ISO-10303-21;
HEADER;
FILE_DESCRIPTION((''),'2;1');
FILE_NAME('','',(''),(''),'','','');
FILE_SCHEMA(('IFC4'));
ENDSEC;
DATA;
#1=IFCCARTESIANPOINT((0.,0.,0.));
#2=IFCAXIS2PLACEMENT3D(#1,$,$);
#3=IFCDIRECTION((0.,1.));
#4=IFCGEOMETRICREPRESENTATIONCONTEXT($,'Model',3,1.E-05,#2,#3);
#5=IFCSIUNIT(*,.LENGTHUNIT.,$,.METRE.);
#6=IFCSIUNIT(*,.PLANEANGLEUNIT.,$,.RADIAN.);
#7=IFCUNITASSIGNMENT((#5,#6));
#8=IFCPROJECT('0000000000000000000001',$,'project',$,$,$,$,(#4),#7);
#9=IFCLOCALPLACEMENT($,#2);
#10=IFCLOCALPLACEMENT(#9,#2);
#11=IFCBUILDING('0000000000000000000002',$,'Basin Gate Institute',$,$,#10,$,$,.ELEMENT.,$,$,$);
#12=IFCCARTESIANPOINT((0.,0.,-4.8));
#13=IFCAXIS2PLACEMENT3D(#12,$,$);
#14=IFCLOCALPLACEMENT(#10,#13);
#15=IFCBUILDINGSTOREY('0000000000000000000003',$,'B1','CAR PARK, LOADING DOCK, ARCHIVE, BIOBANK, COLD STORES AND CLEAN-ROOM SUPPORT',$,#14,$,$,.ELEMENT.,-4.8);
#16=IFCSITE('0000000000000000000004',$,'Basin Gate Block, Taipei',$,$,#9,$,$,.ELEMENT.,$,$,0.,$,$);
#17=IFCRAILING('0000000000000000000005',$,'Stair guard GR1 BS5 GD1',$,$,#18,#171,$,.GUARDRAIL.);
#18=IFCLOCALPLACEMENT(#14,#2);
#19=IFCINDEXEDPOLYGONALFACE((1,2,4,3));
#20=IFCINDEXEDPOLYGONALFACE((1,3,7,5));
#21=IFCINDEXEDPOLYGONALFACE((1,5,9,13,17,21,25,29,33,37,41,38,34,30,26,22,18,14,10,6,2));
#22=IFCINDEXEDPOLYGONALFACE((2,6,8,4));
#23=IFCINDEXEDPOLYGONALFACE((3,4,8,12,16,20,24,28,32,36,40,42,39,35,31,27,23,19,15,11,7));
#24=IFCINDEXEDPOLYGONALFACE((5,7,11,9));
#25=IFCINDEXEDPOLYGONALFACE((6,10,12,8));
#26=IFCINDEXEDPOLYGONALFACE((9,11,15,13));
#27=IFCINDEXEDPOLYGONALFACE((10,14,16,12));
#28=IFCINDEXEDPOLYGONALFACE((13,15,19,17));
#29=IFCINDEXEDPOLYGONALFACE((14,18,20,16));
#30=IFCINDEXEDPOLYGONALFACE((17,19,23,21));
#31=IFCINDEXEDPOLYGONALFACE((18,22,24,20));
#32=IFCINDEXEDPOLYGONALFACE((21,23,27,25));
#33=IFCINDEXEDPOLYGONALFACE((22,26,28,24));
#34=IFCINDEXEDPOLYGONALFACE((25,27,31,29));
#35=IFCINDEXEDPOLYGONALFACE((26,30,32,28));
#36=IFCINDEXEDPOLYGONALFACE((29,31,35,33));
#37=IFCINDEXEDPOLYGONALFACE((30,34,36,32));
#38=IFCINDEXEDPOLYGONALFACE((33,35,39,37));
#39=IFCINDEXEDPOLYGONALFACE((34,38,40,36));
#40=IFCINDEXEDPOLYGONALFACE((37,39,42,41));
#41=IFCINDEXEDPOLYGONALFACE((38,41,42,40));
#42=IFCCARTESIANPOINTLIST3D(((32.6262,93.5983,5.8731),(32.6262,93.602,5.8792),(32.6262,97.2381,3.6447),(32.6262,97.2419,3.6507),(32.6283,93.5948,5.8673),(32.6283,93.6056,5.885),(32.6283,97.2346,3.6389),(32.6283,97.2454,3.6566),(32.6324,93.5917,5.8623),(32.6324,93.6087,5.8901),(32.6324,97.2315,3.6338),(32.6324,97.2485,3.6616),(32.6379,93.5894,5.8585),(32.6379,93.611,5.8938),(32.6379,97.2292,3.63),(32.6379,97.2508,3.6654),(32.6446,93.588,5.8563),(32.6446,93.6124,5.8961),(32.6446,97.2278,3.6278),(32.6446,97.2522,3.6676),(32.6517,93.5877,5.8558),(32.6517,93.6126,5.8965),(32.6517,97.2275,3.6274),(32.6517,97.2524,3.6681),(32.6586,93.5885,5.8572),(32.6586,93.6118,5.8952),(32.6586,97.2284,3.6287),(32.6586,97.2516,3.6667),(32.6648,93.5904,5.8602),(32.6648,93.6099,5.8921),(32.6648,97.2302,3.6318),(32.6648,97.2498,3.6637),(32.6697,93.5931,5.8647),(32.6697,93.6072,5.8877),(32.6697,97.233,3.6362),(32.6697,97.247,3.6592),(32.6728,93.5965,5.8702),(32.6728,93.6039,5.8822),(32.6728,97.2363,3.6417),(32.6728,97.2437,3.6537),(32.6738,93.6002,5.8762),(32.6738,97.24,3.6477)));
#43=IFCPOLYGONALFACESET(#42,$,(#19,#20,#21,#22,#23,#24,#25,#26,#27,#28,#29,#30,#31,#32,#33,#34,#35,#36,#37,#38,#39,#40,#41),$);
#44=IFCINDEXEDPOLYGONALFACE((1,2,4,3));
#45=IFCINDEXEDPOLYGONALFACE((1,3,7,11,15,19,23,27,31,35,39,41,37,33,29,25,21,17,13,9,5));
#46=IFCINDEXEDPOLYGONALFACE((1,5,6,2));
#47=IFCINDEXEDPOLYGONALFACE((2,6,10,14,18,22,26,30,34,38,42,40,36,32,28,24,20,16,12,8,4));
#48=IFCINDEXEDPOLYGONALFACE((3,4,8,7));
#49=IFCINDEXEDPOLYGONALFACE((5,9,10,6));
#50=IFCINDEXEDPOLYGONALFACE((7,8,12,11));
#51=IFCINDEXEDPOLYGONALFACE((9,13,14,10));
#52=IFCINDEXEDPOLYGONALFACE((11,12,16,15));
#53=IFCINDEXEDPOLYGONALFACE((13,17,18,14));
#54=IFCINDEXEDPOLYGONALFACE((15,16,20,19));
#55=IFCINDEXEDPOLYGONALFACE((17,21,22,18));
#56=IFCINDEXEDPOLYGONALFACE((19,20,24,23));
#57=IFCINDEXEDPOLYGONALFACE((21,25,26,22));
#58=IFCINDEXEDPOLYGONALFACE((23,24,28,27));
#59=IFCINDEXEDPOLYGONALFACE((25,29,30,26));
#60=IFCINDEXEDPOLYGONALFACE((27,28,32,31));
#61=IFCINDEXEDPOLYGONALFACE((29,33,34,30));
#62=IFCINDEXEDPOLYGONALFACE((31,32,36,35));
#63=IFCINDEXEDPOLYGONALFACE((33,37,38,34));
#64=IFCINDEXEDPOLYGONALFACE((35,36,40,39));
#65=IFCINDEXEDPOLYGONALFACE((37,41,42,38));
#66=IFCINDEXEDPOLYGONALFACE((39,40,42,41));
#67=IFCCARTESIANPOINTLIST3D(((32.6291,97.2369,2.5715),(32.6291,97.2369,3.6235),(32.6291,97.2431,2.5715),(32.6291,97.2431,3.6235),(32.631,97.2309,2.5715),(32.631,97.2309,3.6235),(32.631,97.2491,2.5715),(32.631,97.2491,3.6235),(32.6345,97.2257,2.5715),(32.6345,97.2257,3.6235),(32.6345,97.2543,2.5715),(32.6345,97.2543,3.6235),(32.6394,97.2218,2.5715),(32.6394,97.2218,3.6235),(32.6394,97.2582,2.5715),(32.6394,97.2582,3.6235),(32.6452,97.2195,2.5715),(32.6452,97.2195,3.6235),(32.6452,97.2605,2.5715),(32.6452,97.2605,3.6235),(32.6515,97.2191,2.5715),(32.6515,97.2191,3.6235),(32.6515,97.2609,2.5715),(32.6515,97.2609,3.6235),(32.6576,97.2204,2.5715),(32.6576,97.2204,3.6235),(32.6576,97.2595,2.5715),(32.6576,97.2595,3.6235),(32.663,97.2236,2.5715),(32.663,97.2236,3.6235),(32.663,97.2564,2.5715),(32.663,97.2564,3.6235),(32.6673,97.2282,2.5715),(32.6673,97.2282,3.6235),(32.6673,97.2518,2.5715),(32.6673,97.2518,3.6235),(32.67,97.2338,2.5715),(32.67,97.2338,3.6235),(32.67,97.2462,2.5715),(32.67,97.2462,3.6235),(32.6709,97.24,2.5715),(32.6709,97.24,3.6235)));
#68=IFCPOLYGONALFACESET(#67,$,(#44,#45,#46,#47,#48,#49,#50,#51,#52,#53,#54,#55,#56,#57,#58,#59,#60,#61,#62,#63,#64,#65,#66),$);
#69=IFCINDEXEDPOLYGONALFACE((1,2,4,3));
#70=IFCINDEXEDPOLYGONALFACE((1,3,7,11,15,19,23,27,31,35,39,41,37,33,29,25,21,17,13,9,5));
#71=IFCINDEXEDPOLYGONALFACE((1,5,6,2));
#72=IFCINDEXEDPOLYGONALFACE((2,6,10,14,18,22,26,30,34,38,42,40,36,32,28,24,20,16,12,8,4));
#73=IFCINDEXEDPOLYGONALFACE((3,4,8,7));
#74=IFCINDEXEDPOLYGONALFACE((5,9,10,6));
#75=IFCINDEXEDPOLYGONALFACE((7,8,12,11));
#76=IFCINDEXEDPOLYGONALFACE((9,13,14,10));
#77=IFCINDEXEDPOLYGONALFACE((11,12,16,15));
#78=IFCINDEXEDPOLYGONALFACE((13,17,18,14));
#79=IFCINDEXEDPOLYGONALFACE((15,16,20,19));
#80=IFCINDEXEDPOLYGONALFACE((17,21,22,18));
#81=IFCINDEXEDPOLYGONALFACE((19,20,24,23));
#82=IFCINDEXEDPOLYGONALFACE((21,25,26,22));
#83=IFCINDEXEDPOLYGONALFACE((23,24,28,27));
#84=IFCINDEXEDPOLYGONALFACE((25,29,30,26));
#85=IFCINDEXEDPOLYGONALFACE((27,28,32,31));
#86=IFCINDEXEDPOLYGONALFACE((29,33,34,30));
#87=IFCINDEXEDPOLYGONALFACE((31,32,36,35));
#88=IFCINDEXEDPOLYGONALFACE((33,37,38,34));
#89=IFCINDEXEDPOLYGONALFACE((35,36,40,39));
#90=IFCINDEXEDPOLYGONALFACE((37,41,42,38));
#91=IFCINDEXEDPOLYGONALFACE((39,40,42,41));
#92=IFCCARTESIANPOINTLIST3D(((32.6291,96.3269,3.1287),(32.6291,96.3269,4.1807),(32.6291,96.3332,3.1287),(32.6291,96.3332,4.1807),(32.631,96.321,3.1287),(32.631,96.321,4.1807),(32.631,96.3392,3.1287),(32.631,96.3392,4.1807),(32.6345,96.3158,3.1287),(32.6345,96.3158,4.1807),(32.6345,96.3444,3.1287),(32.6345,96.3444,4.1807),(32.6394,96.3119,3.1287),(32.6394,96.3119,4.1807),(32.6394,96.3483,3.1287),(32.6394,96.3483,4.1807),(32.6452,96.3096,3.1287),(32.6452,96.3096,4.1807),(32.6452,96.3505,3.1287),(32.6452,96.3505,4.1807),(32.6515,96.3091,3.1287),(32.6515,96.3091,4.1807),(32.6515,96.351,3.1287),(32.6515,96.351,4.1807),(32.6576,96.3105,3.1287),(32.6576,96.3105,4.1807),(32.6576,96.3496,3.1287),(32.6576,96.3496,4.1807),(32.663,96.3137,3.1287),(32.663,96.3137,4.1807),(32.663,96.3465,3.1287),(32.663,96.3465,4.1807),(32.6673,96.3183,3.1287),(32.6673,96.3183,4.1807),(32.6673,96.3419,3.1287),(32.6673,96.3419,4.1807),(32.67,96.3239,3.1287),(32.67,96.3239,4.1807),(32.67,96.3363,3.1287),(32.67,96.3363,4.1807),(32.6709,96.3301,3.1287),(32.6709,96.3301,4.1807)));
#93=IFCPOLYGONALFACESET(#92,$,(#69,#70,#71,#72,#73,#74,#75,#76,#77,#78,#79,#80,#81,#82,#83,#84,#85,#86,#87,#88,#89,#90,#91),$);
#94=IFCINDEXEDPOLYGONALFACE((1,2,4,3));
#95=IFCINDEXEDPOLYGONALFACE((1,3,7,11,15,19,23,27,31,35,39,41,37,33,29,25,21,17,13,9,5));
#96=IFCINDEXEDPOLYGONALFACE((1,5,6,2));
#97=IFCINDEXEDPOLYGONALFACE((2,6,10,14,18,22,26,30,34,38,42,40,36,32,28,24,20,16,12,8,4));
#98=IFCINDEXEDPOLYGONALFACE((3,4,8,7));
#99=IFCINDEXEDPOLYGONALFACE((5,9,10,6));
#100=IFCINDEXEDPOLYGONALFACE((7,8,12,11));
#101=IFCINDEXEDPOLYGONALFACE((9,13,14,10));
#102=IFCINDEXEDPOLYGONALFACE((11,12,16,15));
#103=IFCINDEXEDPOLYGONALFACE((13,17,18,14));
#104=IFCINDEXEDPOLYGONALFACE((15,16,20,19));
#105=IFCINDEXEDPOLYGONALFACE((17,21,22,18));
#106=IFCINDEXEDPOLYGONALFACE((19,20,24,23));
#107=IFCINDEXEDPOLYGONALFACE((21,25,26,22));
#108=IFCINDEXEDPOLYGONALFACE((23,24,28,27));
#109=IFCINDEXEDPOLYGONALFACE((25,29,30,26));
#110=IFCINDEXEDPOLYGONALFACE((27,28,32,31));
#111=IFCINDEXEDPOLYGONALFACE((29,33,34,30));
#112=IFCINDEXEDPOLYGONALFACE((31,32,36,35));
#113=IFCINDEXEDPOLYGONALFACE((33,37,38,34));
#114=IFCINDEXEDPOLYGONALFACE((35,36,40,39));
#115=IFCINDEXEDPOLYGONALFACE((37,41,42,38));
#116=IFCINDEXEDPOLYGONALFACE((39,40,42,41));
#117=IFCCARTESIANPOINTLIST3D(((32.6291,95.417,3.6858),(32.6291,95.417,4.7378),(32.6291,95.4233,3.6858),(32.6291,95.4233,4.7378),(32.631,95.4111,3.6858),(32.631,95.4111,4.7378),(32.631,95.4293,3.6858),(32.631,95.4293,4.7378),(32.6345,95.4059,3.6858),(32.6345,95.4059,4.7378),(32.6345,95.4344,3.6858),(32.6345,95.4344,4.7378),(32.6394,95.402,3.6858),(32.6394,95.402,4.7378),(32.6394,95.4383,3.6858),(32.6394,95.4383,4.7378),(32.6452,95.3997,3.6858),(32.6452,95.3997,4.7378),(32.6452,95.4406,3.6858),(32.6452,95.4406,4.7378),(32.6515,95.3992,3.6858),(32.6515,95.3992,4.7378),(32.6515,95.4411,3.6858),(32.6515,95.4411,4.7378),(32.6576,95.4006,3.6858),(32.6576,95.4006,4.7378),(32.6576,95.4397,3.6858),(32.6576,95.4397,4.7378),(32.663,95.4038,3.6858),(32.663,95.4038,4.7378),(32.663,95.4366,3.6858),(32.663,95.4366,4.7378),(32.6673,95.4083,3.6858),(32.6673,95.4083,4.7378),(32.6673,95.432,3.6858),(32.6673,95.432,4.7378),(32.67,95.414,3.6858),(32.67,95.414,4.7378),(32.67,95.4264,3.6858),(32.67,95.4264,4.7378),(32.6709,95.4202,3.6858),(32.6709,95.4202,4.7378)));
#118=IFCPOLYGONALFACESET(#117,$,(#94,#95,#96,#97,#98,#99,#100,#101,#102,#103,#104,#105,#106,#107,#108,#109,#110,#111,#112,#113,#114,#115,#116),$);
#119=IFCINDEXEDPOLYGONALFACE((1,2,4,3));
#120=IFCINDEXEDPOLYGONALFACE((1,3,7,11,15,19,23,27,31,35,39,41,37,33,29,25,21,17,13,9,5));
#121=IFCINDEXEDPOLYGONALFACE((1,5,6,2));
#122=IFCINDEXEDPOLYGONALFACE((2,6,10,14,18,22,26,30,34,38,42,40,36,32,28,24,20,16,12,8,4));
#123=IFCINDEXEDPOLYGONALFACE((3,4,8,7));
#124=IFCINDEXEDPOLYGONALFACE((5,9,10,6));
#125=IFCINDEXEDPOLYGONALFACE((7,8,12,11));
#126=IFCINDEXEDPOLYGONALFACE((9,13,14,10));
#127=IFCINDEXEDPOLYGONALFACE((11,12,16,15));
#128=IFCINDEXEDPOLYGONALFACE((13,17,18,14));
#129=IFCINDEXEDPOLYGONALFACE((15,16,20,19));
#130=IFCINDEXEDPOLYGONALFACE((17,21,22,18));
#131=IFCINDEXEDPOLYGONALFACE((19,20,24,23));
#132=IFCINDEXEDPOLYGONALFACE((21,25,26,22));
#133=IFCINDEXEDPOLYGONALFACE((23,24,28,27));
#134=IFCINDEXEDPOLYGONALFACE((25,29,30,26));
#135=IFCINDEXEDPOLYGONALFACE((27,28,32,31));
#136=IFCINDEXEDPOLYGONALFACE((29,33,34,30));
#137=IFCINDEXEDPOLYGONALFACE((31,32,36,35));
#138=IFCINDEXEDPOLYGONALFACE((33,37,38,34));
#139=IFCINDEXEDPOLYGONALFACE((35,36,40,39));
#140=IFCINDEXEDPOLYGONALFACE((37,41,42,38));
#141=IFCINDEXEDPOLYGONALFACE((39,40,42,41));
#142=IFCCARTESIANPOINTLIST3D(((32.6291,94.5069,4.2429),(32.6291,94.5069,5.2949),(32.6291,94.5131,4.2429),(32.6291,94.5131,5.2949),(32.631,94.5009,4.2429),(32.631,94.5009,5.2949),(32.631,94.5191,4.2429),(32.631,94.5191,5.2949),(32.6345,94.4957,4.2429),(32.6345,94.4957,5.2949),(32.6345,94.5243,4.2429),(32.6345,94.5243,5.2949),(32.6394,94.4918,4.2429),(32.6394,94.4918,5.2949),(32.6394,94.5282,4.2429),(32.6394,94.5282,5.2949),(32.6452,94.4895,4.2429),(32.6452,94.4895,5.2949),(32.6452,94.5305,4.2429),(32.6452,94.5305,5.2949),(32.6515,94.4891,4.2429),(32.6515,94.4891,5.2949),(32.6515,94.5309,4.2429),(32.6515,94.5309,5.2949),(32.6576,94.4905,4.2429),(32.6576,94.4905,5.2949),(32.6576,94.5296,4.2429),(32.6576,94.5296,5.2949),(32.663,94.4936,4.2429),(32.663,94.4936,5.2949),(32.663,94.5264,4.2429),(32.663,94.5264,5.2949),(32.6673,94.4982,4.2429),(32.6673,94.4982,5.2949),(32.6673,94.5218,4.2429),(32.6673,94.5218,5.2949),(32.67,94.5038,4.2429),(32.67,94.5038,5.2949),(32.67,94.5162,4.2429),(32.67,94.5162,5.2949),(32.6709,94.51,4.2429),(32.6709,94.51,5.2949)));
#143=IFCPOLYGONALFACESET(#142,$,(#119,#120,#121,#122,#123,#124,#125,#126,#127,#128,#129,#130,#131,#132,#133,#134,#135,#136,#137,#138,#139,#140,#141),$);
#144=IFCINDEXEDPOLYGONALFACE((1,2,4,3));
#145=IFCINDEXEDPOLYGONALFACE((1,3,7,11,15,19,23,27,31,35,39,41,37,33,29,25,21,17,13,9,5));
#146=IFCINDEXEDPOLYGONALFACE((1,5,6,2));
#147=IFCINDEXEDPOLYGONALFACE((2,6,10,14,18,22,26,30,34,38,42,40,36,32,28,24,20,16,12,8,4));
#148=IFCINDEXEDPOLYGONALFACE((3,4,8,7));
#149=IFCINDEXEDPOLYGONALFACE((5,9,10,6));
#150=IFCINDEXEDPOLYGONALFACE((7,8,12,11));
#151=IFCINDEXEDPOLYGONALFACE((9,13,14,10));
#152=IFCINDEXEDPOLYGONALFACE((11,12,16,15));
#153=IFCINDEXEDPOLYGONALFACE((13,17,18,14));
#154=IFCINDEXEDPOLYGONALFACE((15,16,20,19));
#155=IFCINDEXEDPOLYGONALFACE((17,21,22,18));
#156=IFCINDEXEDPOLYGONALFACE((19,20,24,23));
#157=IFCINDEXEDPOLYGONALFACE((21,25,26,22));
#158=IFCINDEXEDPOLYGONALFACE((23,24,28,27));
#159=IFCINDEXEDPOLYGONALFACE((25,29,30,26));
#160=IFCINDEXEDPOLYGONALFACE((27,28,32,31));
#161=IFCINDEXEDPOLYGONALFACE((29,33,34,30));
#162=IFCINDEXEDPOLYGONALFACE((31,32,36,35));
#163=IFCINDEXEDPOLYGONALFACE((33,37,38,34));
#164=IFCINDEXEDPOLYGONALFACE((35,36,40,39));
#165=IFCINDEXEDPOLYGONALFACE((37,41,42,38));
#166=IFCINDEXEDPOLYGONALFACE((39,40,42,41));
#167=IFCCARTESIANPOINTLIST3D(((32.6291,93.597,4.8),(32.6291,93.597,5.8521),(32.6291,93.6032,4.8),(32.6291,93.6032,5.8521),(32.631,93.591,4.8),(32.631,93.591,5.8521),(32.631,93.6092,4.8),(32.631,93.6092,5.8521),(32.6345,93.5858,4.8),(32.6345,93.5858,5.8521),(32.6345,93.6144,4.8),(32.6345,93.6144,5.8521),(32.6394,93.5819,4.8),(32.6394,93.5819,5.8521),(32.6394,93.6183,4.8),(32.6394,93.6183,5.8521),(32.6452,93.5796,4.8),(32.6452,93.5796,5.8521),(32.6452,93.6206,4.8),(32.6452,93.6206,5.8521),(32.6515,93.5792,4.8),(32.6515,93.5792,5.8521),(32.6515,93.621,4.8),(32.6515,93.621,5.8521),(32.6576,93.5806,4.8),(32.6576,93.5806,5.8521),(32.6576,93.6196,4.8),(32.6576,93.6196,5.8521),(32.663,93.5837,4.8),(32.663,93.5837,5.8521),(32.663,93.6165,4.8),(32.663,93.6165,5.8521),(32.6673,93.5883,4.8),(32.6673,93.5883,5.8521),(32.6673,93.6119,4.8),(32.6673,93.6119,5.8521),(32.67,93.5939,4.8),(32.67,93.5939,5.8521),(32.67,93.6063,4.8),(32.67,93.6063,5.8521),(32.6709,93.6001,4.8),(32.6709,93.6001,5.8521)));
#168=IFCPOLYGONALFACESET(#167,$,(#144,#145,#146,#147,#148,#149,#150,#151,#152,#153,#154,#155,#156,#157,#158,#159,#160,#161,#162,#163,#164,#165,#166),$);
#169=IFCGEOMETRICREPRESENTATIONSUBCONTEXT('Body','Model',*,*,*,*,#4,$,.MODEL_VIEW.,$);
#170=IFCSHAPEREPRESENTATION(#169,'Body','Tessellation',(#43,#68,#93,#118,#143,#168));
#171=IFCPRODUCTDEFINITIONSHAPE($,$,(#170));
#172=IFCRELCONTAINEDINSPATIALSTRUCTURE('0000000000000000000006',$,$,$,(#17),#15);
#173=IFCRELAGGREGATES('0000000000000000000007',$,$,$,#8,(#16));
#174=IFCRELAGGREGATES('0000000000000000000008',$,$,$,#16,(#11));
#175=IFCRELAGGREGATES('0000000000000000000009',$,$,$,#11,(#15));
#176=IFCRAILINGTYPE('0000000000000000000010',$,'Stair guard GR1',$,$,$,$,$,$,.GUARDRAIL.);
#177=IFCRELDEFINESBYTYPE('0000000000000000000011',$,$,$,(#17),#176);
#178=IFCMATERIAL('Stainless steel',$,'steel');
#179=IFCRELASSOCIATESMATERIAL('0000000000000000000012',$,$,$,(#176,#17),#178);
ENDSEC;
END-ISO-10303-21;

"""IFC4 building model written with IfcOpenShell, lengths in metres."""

from ifc_helpers import new_model, si_unit, direction, frame, origin, origin_2d, place, context, subcontext, project, spatial, circle, extrude, material, type_object, element, save


model = new_model("IFC4")

# Units and contexts
model_context = context("Model", 3, precision=1e-05, world=origin(), true_north=direction((0.0, 1.0)))
body_context = subcontext(model_context, "Body", "Model", "MODEL_VIEW")
ifc_project = project(units=[si_unit("LENGTHUNIT", "METRE"), si_unit("PLANEANGLEUNIT", "RADIAN")], contexts=[model_context])

# Site, building, storey
site_placement = place(None, origin())
site = spatial("IfcSite", under=ifc_project, at=site_placement, Name="Basin Gate Block, Taipei", CompositionType="ELEMENT", RefElevation=0.0)
building_placement = place(site_placement, origin())
building = spatial("IfcBuilding", under=site, at=building_placement, Name="Basin Gate Institute", CompositionType="ELEMENT")
storey_placement = place(building_placement, frame((0.0, 0.0, -4.8)))
storey = spatial("IfcBuildingStorey", under=building, at=storey_placement, Name="B1", Description="CAR PARK, LOADING DOCK, ARCHIVE, BIOBANK, COLD STORES AND CLEAN-ROOM SUPPORT", CompositionType="ELEMENT", Elevation=-4.8)

# Railing
ifc_material_1 = material(Name="Stainless steel", Category="steel")
railing_type_1 = type_object("IfcRailingType", Name="Stair guard GR1", PredefinedType="GUARDRAIL", material=ifc_material_1)
railing_1_placement = place(storey_placement, frame((32.6499, 97.24, 2.5715)))
element("IfcRailing", 1, at=railing_1_placement, inside=storey, type_object=railing_type_1, material=ifc_material_1, Name="Stair guard GR1 BS5 GD1", PredefinedType="GUARDRAIL", context=body_context, shape_type="SweptSolid", body=[
    extrude(circle(Radius=0.0239, at=origin_2d()), frame((0.0, 0.0, 1.0762), z_axis=(0.0, -0.85285, 0.522156), x_axis=(1.0, 0.0, 0.0)), (0.0, 0.0, 1.0), 4.2678),
    extrude(circle(Radius=0.021, at=origin_2d()), origin(), (0.0, 0.0, 1.0), 1.052),
    extrude(circle(Radius=0.021, at=origin_2d()), frame((0.0, -0.9099, 0.5571)), (0.0, 0.0, 1.0), 1.052),
    extrude(circle(Radius=0.021, at=origin_2d()), frame((0.0, -1.8198, 1.1143)), (0.0, 0.0, 1.0), 1.052),
    extrude(circle(Radius=0.021, at=origin_2d()), frame((0.0, -2.73, 1.6714)), (0.0, 0.0, 1.0), 1.052),
    extrude(circle(Radius=0.021, at=origin_2d()), frame((0.0, -3.6399, 2.2285)), (0.0, 0.0, 1.0), 1.052),
])

save(model, "model.ifc")
